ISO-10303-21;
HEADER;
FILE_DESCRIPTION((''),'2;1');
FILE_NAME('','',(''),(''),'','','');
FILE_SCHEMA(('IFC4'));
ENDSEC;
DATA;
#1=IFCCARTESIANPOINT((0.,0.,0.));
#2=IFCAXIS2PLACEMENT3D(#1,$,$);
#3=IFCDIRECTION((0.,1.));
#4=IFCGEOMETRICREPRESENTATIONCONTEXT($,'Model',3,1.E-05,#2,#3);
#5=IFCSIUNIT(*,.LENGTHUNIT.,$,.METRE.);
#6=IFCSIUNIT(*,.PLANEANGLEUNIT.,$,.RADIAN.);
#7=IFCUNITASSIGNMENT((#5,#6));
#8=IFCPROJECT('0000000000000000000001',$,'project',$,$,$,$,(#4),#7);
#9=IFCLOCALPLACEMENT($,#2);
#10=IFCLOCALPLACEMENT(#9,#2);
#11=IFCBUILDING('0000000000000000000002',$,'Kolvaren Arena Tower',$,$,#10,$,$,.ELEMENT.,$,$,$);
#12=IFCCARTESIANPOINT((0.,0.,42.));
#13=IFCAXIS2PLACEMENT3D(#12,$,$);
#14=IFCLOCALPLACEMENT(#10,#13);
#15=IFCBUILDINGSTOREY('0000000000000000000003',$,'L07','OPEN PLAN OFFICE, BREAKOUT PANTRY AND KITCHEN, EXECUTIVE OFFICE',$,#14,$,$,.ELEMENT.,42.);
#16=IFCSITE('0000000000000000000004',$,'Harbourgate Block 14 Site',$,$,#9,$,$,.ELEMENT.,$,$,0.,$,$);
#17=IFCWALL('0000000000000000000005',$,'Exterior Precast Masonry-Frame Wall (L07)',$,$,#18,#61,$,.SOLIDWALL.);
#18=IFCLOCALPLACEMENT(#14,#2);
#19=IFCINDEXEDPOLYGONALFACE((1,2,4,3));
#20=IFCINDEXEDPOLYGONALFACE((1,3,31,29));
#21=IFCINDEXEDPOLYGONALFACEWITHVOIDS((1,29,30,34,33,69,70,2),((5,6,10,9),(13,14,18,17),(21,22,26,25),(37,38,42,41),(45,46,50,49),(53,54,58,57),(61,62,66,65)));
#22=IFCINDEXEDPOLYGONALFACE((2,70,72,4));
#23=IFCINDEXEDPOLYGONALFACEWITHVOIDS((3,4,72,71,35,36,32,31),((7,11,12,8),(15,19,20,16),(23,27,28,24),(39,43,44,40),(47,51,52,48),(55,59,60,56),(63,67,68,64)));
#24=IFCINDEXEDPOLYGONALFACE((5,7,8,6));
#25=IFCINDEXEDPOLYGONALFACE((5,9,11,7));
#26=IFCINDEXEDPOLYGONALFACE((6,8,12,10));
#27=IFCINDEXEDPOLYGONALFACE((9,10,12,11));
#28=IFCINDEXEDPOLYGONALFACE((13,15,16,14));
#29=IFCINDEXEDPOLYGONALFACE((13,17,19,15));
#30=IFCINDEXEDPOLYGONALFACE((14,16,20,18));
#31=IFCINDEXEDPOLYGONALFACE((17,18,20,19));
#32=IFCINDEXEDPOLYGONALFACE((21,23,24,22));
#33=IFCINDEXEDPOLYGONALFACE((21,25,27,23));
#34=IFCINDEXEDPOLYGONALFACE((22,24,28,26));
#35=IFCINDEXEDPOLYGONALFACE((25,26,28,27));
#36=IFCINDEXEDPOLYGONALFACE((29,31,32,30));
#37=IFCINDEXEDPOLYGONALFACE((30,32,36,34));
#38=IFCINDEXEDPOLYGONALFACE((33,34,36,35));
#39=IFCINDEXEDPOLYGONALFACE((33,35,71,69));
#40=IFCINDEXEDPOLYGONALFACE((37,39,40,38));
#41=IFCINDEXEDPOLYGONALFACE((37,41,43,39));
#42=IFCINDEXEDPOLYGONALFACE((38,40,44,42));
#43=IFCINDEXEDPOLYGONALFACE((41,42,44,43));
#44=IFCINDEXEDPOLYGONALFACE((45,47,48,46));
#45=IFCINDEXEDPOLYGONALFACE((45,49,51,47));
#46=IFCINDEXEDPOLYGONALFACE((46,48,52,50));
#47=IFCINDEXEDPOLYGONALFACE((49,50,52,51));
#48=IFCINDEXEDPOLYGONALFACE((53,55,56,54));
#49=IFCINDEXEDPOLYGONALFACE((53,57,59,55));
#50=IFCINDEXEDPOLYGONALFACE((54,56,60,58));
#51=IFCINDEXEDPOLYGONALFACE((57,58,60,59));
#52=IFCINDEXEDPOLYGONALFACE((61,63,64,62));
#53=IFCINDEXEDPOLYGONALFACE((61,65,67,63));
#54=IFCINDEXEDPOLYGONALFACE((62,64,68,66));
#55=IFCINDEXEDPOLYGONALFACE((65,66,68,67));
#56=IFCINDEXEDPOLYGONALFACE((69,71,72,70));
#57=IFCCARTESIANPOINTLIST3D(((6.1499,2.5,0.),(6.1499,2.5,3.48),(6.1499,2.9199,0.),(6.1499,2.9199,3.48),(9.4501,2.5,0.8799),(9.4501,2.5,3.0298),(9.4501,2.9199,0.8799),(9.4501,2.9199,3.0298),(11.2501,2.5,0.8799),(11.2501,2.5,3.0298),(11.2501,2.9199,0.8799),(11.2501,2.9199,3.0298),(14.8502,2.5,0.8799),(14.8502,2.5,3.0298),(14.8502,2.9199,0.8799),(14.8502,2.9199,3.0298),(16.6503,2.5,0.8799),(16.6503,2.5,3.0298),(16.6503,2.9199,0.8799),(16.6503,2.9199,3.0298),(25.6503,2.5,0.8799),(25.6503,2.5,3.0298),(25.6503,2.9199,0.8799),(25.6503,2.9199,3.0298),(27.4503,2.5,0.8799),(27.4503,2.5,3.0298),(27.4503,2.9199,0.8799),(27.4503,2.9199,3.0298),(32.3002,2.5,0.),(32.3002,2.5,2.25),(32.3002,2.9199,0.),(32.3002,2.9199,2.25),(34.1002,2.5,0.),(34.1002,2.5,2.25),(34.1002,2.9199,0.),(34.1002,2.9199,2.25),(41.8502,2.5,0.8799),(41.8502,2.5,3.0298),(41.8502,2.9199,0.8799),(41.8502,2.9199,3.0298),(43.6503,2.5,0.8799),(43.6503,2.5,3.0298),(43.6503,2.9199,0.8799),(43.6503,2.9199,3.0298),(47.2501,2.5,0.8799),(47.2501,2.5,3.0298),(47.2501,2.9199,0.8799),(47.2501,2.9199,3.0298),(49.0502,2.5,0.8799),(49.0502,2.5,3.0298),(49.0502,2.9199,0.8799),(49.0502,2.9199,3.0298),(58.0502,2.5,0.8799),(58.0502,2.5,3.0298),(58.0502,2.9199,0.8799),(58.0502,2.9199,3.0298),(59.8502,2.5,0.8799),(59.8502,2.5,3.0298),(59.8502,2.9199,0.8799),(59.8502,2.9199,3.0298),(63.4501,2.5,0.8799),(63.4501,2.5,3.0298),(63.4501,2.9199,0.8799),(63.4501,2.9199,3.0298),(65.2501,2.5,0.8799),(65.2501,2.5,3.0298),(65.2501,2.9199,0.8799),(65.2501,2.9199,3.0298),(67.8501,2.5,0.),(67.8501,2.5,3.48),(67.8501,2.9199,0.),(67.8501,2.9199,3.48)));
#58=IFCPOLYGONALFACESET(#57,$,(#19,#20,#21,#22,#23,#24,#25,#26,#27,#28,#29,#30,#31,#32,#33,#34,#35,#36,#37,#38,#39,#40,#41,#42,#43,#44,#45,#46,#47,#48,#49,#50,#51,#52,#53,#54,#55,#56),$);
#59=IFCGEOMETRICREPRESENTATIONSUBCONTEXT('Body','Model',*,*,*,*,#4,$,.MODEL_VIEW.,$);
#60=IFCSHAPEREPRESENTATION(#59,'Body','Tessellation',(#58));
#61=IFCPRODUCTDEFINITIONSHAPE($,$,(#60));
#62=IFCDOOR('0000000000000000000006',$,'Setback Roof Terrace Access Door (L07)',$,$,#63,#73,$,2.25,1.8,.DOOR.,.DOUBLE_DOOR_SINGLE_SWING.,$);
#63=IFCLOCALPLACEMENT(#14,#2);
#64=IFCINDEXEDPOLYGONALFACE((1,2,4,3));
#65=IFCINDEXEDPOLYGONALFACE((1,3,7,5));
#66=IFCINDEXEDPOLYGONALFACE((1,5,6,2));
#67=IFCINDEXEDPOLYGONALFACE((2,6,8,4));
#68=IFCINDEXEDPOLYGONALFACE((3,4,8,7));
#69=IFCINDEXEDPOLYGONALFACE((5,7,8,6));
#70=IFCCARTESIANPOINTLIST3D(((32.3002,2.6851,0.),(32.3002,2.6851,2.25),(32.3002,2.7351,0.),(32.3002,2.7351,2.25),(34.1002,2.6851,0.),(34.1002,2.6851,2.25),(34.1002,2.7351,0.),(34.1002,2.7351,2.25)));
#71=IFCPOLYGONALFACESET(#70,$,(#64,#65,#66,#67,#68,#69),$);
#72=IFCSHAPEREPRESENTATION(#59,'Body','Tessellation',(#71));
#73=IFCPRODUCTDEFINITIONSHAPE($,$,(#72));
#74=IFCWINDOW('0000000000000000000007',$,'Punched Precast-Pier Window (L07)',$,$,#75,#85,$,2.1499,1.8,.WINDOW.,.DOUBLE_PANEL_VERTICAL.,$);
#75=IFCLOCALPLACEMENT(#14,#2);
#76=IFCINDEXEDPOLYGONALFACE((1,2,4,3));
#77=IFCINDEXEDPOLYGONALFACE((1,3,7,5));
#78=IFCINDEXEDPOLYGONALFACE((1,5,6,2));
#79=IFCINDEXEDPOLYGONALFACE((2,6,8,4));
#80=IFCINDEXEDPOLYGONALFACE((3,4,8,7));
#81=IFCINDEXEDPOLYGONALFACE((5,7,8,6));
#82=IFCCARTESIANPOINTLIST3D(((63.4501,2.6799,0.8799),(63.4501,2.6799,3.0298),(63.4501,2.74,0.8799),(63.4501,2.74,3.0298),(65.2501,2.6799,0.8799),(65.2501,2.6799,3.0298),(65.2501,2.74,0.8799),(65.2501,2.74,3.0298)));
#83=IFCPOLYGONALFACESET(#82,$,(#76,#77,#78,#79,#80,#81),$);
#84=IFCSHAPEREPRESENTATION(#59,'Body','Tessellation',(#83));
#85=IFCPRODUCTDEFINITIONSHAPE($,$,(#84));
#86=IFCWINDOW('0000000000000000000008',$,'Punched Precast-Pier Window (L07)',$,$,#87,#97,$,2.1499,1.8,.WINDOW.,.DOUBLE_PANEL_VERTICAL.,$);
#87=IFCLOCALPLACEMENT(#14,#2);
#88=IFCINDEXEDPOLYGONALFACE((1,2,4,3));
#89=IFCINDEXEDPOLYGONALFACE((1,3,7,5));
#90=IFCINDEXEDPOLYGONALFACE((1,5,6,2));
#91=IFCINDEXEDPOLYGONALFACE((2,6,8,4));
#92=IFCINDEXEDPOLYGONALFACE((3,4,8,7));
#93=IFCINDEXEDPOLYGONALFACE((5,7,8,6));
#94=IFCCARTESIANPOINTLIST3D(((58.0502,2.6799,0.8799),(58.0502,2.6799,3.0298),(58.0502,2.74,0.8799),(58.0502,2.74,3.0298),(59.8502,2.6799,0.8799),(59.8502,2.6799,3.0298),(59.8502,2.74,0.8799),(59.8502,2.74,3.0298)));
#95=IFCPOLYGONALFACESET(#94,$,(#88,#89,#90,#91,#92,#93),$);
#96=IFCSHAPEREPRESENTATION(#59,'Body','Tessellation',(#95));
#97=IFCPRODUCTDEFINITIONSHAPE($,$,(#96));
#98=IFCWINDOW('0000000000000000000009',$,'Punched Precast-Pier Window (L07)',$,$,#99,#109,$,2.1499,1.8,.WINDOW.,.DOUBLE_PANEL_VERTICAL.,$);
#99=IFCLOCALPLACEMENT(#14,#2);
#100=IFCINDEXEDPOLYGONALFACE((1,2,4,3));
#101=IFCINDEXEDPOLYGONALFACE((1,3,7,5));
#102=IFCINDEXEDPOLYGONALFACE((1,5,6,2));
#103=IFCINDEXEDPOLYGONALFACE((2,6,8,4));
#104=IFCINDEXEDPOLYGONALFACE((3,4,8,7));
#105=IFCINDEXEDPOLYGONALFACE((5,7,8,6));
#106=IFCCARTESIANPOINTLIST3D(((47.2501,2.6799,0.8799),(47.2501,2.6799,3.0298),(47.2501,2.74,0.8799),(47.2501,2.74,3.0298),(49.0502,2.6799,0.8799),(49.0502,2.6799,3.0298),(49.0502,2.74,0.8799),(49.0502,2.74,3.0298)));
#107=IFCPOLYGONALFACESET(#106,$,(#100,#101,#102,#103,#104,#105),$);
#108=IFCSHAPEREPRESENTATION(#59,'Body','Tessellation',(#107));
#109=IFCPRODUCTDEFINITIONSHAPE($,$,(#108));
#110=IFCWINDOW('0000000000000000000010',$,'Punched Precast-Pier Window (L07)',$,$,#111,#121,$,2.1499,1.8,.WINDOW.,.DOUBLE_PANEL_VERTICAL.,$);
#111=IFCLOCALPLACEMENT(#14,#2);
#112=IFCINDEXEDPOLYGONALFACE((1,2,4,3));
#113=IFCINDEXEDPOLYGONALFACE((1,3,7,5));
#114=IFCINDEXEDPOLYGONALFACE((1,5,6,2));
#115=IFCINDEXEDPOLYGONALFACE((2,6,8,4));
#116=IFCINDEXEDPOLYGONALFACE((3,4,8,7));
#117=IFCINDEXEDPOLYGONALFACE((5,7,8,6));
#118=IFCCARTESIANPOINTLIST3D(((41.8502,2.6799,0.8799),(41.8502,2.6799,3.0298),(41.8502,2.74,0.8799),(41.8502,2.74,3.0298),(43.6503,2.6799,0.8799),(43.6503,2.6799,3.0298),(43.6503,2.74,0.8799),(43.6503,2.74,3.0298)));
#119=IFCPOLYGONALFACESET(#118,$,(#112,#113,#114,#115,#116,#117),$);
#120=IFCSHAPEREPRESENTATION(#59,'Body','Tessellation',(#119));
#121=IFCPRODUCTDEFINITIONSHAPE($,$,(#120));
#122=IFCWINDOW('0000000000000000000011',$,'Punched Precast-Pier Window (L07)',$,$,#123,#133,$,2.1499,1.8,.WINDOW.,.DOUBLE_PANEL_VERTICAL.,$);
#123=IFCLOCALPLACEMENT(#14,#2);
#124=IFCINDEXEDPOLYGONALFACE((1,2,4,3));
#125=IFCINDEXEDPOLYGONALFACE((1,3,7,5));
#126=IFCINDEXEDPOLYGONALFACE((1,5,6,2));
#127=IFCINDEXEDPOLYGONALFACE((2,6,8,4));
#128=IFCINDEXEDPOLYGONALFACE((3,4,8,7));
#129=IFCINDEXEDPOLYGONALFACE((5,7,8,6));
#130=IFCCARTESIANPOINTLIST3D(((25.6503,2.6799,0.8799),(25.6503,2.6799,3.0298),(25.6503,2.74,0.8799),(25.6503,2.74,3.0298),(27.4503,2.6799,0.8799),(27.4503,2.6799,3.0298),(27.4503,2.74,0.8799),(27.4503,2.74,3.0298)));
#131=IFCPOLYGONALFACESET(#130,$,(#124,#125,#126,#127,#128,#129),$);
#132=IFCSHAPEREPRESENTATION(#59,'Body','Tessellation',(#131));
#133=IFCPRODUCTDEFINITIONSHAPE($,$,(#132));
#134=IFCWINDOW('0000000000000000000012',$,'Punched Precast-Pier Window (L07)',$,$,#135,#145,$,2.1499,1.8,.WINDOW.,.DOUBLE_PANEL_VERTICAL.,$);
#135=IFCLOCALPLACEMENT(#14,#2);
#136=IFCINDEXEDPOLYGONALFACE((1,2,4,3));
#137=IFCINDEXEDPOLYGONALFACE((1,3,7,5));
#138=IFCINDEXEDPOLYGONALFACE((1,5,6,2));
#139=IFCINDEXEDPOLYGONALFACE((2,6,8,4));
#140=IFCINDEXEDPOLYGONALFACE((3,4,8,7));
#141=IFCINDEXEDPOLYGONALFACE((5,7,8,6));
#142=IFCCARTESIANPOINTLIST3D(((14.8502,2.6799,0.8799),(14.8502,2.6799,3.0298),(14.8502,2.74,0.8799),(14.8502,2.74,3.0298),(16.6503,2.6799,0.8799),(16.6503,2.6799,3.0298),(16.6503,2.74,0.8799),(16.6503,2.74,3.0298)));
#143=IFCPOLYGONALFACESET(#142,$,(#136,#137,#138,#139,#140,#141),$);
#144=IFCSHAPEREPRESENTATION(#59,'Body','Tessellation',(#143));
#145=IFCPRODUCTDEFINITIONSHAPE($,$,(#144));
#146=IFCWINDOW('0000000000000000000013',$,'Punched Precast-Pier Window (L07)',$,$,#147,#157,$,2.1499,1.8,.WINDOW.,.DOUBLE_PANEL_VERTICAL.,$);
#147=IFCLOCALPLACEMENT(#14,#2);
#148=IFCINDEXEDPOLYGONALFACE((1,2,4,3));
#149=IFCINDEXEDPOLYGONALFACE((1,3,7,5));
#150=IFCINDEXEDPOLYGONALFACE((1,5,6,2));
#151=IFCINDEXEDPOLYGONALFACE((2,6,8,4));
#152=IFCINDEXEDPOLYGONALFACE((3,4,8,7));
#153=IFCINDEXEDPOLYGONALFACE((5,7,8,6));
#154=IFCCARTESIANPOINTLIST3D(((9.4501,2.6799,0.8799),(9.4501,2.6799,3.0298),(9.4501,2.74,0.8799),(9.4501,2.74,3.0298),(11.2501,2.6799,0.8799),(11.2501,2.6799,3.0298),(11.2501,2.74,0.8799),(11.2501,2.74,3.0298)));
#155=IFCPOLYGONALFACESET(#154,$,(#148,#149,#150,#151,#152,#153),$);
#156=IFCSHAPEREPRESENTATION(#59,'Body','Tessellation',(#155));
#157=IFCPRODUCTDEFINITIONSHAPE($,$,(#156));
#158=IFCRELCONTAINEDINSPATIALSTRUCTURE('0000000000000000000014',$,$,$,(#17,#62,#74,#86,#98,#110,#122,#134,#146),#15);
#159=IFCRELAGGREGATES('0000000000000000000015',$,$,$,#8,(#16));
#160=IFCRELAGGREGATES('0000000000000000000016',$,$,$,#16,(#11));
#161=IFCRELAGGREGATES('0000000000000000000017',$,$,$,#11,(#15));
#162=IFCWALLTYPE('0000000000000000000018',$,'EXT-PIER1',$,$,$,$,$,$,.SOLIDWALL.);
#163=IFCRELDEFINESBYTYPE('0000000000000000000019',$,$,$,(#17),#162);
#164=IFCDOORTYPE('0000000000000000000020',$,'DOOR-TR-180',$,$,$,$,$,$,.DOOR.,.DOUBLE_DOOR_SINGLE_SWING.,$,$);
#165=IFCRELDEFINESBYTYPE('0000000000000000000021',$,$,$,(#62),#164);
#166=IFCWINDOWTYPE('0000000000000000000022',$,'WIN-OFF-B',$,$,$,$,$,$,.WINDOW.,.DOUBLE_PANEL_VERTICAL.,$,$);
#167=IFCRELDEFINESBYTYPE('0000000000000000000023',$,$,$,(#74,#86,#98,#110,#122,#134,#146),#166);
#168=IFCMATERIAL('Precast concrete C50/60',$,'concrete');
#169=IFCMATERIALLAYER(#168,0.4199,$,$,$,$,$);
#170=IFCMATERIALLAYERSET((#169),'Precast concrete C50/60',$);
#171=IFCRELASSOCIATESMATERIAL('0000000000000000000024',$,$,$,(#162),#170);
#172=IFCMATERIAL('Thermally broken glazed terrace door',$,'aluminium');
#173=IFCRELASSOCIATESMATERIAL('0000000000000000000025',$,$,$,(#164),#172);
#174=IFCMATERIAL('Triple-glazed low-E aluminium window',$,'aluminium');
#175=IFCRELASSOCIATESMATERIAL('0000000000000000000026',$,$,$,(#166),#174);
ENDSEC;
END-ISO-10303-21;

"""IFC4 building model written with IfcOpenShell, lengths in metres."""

from ifc_helpers import new_model, si_unit, direction, frame, frame_2d, origin, place, context, subcontext, project, spatial, rectangle, extrude, material, layer, layer_set, type_object, element, fill, save


model = new_model("IFC4")

# Units and contexts
model_context = context("Model", 3, precision=1e-05, world=origin(), true_north=direction((0.0, 1.0)))
body_context = subcontext(model_context, "Body", "Model", "MODEL_VIEW")
ifc_project = project(units=[si_unit("LENGTHUNIT", "METRE"), si_unit("PLANEANGLEUNIT", "RADIAN")], contexts=[model_context])

# Site, building, storey
site_placement = place(None, origin())
site = spatial("IfcSite", under=ifc_project, at=site_placement, Name="Harbourgate Block 14 Site", CompositionType="ELEMENT", RefElevation=0.0)
building_placement = place(site_placement, origin())
building = spatial("IfcBuilding", under=site, at=building_placement, Name="Kolvaren Arena Tower", CompositionType="ELEMENT")
storey_placement = place(building_placement, frame((0.0, 0.0, 42.0)))
storey = spatial("IfcBuildingStorey", under=building, at=storey_placement, Name="L07", Description="OPEN PLAN OFFICE, BREAKOUT PANTRY AND KITCHEN, EXECUTIVE OFFICE", CompositionType="ELEMENT", Elevation=42.0)

# Shared definitions
ifc_material_1 = material(Name="Precast concrete C50/60", Category="concrete")
ifc_layer_1 = layer(ifc_material_1, 0.4199)
ifc_layer_set_1 = layer_set([ifc_layer_1], Name="Precast concrete C50/60")
wall_type_1 = type_object("IfcWallType", Name="EXT-PIER1", PredefinedType="SOLIDWALL", material=ifc_layer_set_1)

# Wall, openings, door, windows
wall_1_placement = place(storey_placement, frame((67.8501, 2.71, 0.0), z_axis=(0.0, 0.0, 1.0), x_axis=(-1.0, 0.0, 0.0)))
wall_1 = element("IfcWall", 1, at=wall_1_placement, inside=storey, type_object=wall_type_1, Name="Exterior Precast Masonry-Frame Wall (L07)", PredefinedType="SOLIDWALL", context=body_context, shape_type="SweptSolid", body=[
    extrude(rectangle(XDim=61.7002, YDim=0.4199, at=frame_2d((30.8501, 0.0))), origin(), (0.0, 0.0, 1.0), 3.48),
])
opening_1_placement = place(wall_1_placement, frame((33.75, 0.0, 0.0)))
opening_1 = element("IfcOpeningElement", 2, at=opening_1_placement, cuts=wall_1, PredefinedType="OPENING", context=body_context, shape_type="SweptSolid", body=[
    extrude(rectangle(XDim=1.8, YDim=2.25, at=frame_2d((0.8999, 1.125))), frame((0.0, 0.22, 0.0), z_axis=(0.0, -1.0, 0.0), x_axis=(1.0, 0.0, 0.0)), (0.0, 0.0, 1.0), 0.4399),
])
opening_2_placement = place(wall_1_placement, frame((2.6001, 0.0, 0.8799)))
opening_2 = element("IfcOpeningElement", 3, at=opening_2_placement, cuts=wall_1, PredefinedType="OPENING", context=body_context, shape_type="SweptSolid", body=[
    extrude(rectangle(XDim=1.8, YDim=2.1499, at=frame_2d((0.8999, 1.075))), frame((0.0, 0.22, 0.0), z_axis=(0.0, -1.0, 0.0), x_axis=(1.0, 0.0, 0.0)), (0.0, 0.0, 1.0), 0.4399),
])
opening_3_placement = place(wall_1_placement, frame((8.0, 0.0, 0.8799)))
opening_3 = element("IfcOpeningElement", 4, at=opening_3_placement, cuts=wall_1, PredefinedType="OPENING", context=body_context, shape_type="SweptSolid", body=[
    extrude(rectangle(XDim=1.8, YDim=2.1499, at=frame_2d((0.8999, 1.075))), frame((0.0, 0.22, 0.0), z_axis=(0.0, -1.0, 0.0), x_axis=(1.0, 0.0, 0.0)), (0.0, 0.0, 1.0), 0.4399),
])
opening_4_placement = place(wall_1_placement, frame((18.8, 0.0, 0.8799)))
opening_4 = element("IfcOpeningElement", 5, at=opening_4_placement, cuts=wall_1, PredefinedType="OPENING", context=body_context, shape_type="SweptSolid", body=[
    extrude(rectangle(XDim=1.8, YDim=2.1499, at=frame_2d((0.8999, 1.075))), frame((0.0, 0.22, 0.0), z_axis=(0.0, -1.0, 0.0), x_axis=(1.0, 0.0, 0.0)), (0.0, 0.0, 1.0), 0.4399),
])
opening_5_placement = place(wall_1_placement, frame((24.2, 0.0, 0.8799)))
opening_5 = element("IfcOpeningElement", 6, at=opening_5_placement, cuts=wall_1, PredefinedType="OPENING", context=body_context, shape_type="SweptSolid", body=[
    extrude(rectangle(XDim=1.8, YDim=2.1499, at=frame_2d((0.8999, 1.075))), frame((0.0, 0.22, 0.0), z_axis=(0.0, -1.0, 0.0), x_axis=(1.0, 0.0, 0.0)), (0.0, 0.0, 1.0), 0.4399),
])
opening_6_placement = place(wall_1_placement, frame((40.3999, 0.0, 0.8799)))
opening_6 = element("IfcOpeningElement", 7, at=opening_6_placement, cuts=wall_1, PredefinedType="OPENING", context=body_context, shape_type="SweptSolid", body=[
    extrude(rectangle(XDim=1.8, YDim=2.1499, at=frame_2d((0.8999, 1.075))), frame((0.0, 0.22, 0.0), z_axis=(0.0, -1.0, 0.0), x_axis=(1.0, 0.0, 0.0)), (0.0, 0.0, 1.0), 0.4399),
])
opening_7_placement = place(wall_1_placement, frame((51.2, 0.0, 0.8799)))
opening_7 = element("IfcOpeningElement", 8, at=opening_7_placement, cuts=wall_1, PredefinedType="OPENING", context=body_context, shape_type="SweptSolid", body=[
    extrude(rectangle(XDim=1.8, YDim=2.1499, at=frame_2d((0.8999, 1.075))), frame((0.0, 0.22, 0.0), z_axis=(0.0, -1.0, 0.0), x_axis=(1.0, 0.0, 0.0)), (0.0, 0.0, 1.0), 0.4399),
])
opening_8_placement = place(wall_1_placement, frame((56.6001, 0.0, 0.8799)))
opening_8 = element("IfcOpeningElement", 9, at=opening_8_placement, cuts=wall_1, PredefinedType="OPENING", context=body_context, shape_type="SweptSolid", body=[
    extrude(rectangle(XDim=1.8, YDim=2.1499, at=frame_2d((0.8999, 1.075))), frame((0.0, 0.22, 0.0), z_axis=(0.0, -1.0, 0.0), x_axis=(1.0, 0.0, 0.0)), (0.0, 0.0, 1.0), 0.4399),
])
ifc_material_2 = material(Name="Thermally broken glazed terrace door", Category="aluminium")
door_type_1 = type_object("IfcDoorType", Name="DOOR-TR-180", OperationType="DOUBLE_DOOR_SINGLE_SWING", PredefinedType="DOOR", material=ifc_material_2)
door_1_placement = place(opening_1_placement, origin())
door_1 = element("IfcDoor", 10, at=door_1_placement, inside=storey, type_object=door_type_1, Name="Setback Roof Terrace Access Door (L07)", OperationType="DOUBLE_DOOR_SINGLE_SWING", OverallHeight=2.25, OverallWidth=1.8, PredefinedType="DOOR", context=body_context, shape_type="SweptSolid", body=[
    extrude(rectangle(XDim=1.8, YDim=2.25, at=frame_2d((0.8999, 1.125))), frame((0.0, 0.0249, 0.0), z_axis=(0.0, -1.0, 0.0), x_axis=(1.0, 0.0, 0.0)), (0.0, 0.0, 1.0), 0.05),
])
fill(opening_1, door_1)
ifc_material_3 = material(Name="Triple-glazed low-E aluminium window", Category="aluminium")
window_type = type_object("IfcWindowType", Name="WIN-OFF-B", PartitioningType="DOUBLE_PANEL_VERTICAL", PredefinedType="WINDOW", material=ifc_material_3)
window_1_placement = place(opening_2_placement, origin())
window_1 = element("IfcWindow", 11, at=window_1_placement, inside=storey, type_object=window_type, Name="Punched Precast-Pier Window (L07)", OverallHeight=2.1499, OverallWidth=1.8, PartitioningType="DOUBLE_PANEL_VERTICAL", PredefinedType="WINDOW", context=body_context, shape_type="SweptSolid", body=[
    extrude(rectangle(XDim=1.8, YDim=2.1499, at=frame_2d((0.8999, 1.075))), frame((0.0, 0.03, 0.0), z_axis=(0.0, -1.0, 0.0), x_axis=(1.0, 0.0, 0.0)), (0.0, 0.0, 1.0), 0.0601),
])
fill(opening_2, window_1)
window_2_placement = place(opening_3_placement, origin())
window_2 = element("IfcWindow", 12, at=window_2_placement, inside=storey, type_object=window_type, Name="Punched Precast-Pier Window (L07)", OverallHeight=2.1499, OverallWidth=1.8, PartitioningType="DOUBLE_PANEL_VERTICAL", PredefinedType="WINDOW", context=body_context, shape_type="SweptSolid", body=[
    extrude(rectangle(XDim=1.8, YDim=2.1499, at=frame_2d((0.8999, 1.075))), frame((0.0, 0.03, 0.0), z_axis=(0.0, -1.0, 0.0), x_axis=(1.0, 0.0, 0.0)), (0.0, 0.0, 1.0), 0.0601),
])
fill(opening_3, window_2)
window_3_placement = place(opening_4_placement, origin())
window_3 = element("IfcWindow", 13, at=window_3_placement, inside=storey, type_object=window_type, Name="Punched Precast-Pier Window (L07)", OverallHeight=2.1499, OverallWidth=1.8, PartitioningType="DOUBLE_PANEL_VERTICAL", PredefinedType="WINDOW", context=body_context, shape_type="SweptSolid", body=[
    extrude(rectangle(XDim=1.8, YDim=2.1499, at=frame_2d((0.8999, 1.075))), frame((0.0, 0.03, 0.0), z_axis=(0.0, -1.0, 0.0), x_axis=(1.0, 0.0, 0.0)), (0.0, 0.0, 1.0), 0.0601),
])
fill(opening_4, window_3)
window_4_placement = place(opening_5_placement, origin())
window_4 = element("IfcWindow", 14, at=window_4_placement, inside=storey, type_object=window_type, Name="Punched Precast-Pier Window (L07)", OverallHeight=2.1499, OverallWidth=1.8, PartitioningType="DOUBLE_PANEL_VERTICAL", PredefinedType="WINDOW", context=body_context, shape_type="SweptSolid", body=[
    extrude(rectangle(XDim=1.8, YDim=2.1499, at=frame_2d((0.8999, 1.075))), frame((0.0, 0.03, 0.0), z_axis=(0.0, -1.0, 0.0), x_axis=(1.0, 0.0, 0.0)), (0.0, 0.0, 1.0), 0.0601),
])
fill(opening_5, window_4)
window_5_placement = place(opening_6_placement, origin())
window_5 = element("IfcWindow", 15, at=window_5_placement, inside=storey, type_object=window_type, Name="Punched Precast-Pier Window (L07)", OverallHeight=2.1499, OverallWidth=1.8, PartitioningType="DOUBLE_PANEL_VERTICAL", PredefinedType="WINDOW", context=body_context, shape_type="SweptSolid", body=[
    extrude(rectangle(XDim=1.8, YDim=2.1499, at=frame_2d((0.8999, 1.075))), frame((0.0, 0.03, 0.0), z_axis=(0.0, -1.0, 0.0), x_axis=(1.0, 0.0, 0.0)), (0.0, 0.0, 1.0), 0.0601),
])
fill(opening_6, window_5)
window_6_placement = place(opening_7_placement, origin())
window_6 = element("IfcWindow", 16, at=window_6_placement, inside=storey, type_object=window_type, Name="Punched Precast-Pier Window (L07)", OverallHeight=2.1499, OverallWidth=1.8, PartitioningType="DOUBLE_PANEL_VERTICAL", PredefinedType="WINDOW", context=body_context, shape_type="SweptSolid", body=[
    extrude(rectangle(XDim=1.8, YDim=2.1499, at=frame_2d((0.8999, 1.075))), frame((0.0, 0.03, 0.0), z_axis=(0.0, -1.0, 0.0), x_axis=(1.0, 0.0, 0.0)), (0.0, 0.0, 1.0), 0.0601),
])
fill(opening_7, window_6)
window_7_placement = place(opening_8_placement, origin())
window_7 = element("IfcWindow", 17, at=window_7_placement, inside=storey, type_object=window_type, Name="Punched Precast-Pier Window (L07)", OverallHeight=2.1499, OverallWidth=1.8, PartitioningType="DOUBLE_PANEL_VERTICAL", PredefinedType="WINDOW", context=body_context, shape_type="SweptSolid", body=[
    extrude(rectangle(XDim=1.8, YDim=2.1499, at=frame_2d((0.8999, 1.075))), frame((0.0, 0.03, 0.0), z_axis=(0.0, -1.0, 0.0), x_axis=(1.0, 0.0, 0.0)), (0.0, 0.0, 1.0), 0.0601),
])
fill(opening_8, window_7)

save(model, "model.ifc")
